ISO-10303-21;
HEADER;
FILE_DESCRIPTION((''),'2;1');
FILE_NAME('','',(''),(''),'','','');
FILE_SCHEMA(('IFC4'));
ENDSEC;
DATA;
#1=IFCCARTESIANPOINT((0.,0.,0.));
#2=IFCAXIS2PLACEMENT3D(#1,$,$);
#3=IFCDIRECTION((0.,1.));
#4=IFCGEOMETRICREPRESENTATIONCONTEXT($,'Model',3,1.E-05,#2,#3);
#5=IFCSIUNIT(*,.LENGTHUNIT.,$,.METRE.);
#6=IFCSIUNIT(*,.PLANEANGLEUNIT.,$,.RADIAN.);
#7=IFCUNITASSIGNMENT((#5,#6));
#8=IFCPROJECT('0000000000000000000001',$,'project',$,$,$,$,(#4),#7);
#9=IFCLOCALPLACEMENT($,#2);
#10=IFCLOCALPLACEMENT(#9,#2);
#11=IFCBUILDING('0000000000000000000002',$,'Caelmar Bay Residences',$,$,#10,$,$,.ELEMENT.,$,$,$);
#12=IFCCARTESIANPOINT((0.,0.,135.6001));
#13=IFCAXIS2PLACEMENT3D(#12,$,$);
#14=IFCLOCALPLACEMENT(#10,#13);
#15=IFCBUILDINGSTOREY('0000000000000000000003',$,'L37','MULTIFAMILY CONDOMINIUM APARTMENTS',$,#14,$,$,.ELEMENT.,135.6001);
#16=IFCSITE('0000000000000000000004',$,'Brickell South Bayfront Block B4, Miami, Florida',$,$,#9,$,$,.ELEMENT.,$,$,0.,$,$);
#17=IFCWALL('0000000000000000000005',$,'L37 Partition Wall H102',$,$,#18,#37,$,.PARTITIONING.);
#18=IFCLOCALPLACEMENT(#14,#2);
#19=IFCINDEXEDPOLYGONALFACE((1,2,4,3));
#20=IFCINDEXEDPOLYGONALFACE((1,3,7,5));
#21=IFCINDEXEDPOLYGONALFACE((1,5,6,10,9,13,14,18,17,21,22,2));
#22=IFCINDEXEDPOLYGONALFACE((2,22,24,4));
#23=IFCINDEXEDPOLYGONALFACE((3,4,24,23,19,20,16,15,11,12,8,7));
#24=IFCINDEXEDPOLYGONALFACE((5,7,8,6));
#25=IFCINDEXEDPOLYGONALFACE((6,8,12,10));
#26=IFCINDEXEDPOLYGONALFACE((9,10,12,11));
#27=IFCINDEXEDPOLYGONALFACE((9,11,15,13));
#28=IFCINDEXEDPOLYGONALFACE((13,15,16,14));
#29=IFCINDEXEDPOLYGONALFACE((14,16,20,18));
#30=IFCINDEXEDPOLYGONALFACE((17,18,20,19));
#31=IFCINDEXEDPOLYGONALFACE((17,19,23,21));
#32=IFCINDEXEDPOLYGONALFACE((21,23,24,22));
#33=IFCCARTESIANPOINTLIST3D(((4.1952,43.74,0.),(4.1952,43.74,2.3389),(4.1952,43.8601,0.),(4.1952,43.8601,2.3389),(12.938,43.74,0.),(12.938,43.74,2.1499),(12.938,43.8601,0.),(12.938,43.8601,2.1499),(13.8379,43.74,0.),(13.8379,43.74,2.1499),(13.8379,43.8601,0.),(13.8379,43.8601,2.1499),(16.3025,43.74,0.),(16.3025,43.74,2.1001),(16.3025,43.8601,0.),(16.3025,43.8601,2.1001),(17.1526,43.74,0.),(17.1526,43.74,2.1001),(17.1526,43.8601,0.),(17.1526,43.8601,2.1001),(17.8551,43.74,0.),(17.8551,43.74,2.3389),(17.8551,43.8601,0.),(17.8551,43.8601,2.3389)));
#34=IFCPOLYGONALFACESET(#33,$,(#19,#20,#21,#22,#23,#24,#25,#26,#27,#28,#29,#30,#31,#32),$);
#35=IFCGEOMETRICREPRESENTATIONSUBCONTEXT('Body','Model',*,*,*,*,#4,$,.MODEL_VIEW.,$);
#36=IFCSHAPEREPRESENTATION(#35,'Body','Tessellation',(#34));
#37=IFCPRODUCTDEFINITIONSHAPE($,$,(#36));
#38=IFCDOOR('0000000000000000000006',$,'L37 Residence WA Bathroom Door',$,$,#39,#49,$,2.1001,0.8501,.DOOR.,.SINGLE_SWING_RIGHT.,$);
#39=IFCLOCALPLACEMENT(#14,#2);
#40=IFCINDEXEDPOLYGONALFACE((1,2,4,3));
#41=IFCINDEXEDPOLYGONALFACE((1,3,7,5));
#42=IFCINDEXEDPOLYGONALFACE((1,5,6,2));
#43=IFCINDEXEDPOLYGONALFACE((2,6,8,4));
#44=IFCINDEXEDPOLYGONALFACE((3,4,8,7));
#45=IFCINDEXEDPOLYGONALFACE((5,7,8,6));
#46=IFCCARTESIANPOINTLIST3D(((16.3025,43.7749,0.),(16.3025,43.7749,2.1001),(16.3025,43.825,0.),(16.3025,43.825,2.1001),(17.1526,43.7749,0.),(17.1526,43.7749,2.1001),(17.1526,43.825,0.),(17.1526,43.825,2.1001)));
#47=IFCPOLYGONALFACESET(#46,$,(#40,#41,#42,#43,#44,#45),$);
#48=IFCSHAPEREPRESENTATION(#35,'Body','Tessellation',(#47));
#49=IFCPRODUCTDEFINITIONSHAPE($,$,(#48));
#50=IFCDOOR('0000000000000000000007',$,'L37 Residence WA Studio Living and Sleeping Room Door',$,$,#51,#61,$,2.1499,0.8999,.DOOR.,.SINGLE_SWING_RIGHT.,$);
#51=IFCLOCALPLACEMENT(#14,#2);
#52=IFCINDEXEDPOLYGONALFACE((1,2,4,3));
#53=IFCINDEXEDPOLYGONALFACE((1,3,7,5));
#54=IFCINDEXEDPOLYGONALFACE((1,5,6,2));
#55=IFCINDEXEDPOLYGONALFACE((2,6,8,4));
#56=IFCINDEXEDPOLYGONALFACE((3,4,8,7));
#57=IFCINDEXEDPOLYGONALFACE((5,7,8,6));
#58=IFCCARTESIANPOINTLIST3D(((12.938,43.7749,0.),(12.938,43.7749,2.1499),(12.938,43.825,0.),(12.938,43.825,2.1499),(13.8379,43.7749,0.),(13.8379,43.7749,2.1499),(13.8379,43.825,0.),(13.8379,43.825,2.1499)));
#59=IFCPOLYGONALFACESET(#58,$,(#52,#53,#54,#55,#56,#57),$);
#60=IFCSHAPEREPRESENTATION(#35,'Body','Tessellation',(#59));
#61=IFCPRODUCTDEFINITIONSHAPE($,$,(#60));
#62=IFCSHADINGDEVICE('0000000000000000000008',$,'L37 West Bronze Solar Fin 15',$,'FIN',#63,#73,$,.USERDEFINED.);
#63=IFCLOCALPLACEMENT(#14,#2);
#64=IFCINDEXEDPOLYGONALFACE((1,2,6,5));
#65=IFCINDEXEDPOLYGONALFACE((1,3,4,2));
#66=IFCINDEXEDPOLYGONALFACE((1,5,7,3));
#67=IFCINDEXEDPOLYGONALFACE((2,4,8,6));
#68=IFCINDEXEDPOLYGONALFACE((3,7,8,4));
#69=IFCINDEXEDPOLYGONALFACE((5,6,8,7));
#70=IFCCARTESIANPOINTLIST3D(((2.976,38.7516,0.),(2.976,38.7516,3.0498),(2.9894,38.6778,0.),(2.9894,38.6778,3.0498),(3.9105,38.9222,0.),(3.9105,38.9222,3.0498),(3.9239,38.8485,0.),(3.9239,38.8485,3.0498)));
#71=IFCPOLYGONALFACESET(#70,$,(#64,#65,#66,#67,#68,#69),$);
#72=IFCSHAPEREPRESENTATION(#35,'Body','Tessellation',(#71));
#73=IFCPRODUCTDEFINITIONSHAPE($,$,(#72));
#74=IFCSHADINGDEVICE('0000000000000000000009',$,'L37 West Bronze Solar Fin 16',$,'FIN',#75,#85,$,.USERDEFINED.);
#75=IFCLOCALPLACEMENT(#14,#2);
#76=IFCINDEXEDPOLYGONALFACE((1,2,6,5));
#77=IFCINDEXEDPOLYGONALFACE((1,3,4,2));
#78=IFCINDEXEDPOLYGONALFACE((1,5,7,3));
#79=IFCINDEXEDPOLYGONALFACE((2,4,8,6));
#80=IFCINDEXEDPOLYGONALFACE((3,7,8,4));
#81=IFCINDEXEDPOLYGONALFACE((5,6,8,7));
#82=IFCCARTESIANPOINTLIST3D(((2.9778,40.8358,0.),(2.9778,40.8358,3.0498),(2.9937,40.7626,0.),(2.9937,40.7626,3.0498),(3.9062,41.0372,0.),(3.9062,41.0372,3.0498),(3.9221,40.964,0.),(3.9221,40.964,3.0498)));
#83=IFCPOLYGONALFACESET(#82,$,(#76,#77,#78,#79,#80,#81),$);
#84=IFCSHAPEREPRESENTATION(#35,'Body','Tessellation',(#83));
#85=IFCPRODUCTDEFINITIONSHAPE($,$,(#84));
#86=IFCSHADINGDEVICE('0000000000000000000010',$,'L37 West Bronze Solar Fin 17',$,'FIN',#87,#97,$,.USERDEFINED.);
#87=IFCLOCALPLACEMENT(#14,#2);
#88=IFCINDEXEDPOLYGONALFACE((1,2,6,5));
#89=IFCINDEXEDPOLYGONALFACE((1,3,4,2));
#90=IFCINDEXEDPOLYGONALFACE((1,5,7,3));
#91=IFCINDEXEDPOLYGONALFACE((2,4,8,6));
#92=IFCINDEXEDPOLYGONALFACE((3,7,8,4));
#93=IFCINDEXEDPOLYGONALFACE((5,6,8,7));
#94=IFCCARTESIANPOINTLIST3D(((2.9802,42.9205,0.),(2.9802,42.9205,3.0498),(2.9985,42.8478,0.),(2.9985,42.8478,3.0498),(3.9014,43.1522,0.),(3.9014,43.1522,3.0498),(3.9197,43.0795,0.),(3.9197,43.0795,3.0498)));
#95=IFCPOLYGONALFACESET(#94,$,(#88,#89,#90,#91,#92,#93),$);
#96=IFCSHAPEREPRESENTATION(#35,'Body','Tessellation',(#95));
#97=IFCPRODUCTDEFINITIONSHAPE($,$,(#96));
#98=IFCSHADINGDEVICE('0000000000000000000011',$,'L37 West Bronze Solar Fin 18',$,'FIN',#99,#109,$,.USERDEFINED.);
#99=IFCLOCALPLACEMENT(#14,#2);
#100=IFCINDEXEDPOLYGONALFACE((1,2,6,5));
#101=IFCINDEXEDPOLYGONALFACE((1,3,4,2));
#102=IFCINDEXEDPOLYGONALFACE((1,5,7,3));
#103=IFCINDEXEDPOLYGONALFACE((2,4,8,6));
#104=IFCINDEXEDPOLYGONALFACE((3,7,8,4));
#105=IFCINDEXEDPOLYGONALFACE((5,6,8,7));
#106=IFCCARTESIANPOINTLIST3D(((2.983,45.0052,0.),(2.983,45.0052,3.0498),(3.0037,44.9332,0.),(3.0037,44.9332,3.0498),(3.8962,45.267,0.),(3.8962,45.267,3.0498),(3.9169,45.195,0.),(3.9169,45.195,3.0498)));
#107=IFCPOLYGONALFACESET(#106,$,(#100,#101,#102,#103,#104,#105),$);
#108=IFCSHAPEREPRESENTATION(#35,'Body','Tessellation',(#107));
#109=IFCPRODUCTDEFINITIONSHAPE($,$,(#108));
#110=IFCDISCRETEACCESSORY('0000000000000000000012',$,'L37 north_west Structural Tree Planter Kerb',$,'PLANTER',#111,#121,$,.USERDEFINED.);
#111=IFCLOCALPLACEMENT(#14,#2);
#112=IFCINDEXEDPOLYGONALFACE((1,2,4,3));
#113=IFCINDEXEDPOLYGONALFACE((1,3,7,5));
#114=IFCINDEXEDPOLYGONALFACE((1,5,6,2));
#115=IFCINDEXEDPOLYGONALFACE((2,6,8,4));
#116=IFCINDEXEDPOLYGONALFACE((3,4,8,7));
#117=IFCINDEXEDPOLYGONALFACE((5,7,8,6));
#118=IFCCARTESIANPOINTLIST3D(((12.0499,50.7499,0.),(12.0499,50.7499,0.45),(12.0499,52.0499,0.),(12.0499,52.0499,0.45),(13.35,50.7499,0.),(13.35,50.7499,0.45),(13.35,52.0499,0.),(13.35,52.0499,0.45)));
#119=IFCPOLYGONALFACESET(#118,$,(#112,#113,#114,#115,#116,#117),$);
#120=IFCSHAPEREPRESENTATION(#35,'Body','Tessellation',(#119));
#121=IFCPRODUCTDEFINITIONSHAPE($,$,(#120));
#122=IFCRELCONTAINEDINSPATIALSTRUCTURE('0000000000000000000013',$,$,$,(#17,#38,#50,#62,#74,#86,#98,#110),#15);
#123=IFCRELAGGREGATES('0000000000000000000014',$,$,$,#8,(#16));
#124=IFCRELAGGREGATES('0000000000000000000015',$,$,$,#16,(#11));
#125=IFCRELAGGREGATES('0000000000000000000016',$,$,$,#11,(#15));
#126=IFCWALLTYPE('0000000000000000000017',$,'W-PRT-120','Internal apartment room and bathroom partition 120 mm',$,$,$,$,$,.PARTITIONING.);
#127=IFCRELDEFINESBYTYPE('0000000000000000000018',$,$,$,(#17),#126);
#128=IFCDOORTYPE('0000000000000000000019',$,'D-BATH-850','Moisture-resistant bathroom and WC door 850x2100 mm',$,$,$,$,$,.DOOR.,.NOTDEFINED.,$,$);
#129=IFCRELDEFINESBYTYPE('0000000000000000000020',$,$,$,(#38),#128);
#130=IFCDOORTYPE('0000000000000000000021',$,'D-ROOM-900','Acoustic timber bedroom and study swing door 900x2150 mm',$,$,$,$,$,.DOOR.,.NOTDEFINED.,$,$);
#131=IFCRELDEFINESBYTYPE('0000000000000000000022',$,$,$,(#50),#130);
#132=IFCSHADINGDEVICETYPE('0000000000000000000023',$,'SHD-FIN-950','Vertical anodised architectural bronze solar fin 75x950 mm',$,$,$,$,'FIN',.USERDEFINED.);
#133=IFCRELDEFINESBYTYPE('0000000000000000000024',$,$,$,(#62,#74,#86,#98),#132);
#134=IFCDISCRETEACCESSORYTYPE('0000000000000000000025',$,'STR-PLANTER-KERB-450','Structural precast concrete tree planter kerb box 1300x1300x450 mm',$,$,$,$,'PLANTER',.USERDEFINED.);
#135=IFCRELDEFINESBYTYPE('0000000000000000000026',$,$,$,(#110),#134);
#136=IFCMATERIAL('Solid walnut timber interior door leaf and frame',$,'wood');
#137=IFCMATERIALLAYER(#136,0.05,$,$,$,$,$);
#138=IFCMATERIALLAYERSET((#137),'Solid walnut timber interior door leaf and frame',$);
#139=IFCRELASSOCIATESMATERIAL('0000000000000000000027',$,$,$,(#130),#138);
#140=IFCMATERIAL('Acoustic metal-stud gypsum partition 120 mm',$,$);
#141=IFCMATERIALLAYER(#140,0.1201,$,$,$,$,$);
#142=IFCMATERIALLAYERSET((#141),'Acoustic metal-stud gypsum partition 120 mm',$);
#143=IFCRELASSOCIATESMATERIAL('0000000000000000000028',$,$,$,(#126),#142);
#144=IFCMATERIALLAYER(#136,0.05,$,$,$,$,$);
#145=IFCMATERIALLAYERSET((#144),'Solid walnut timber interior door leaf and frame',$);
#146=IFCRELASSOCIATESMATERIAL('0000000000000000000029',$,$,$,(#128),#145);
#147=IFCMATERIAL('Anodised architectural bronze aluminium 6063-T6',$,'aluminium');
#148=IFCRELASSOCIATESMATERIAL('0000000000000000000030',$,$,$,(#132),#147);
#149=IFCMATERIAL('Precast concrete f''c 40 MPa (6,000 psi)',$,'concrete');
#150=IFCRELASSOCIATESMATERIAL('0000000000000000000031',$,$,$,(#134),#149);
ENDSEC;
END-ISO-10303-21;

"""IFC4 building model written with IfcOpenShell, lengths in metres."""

from ifc_helpers import new_model, si_unit, direction, frame, frame_2d, origin, origin_2d, place, context, subcontext, project, spatial, rectangle, extrude, material, layer, layer_set, material_profile, profile_set, type_object, element, fill, save


model = new_model("IFC4")

# Units and contexts
model_context = context("Model", 3, precision=1e-05, world=origin(), true_north=direction((0.0, 1.0)))
body_context = subcontext(model_context, "Body", "Model", "MODEL_VIEW")
ifc_project = project(units=[si_unit("LENGTHUNIT", "METRE"), si_unit("PLANEANGLEUNIT", "RADIAN")], contexts=[model_context])

# Site, building, storey
site_placement = place(None, origin())
site = spatial("IfcSite", under=ifc_project, at=site_placement, Name="Brickell South Bayfront Block B4, Miami, Florida", CompositionType="ELEMENT", RefElevation=0.0)
building_placement = place(site_placement, origin())
building = spatial("IfcBuilding", under=site, at=building_placement, Name="Caelmar Bay Residences", CompositionType="ELEMENT")
storey_placement = place(building_placement, frame((0.0, 0.0, 135.6001)))
storey = spatial("IfcBuildingStorey", under=building, at=storey_placement, Name="L37", Description="MULTIFAMILY CONDOMINIUM APARTMENTS", CompositionType="ELEMENT", Elevation=135.6001)

# Shared definitions
ifc_material_1 = material(Name="Precast concrete f'c 40 MPa (6,000 psi)", Category="concrete")

# Shared definitions
ifc_material_2 = material(Name="Solid walnut timber interior door leaf and frame", Category="wood")
ifc_layer_1 = layer(ifc_material_2, 0.05)
ifc_layer_set_1 = layer_set([ifc_layer_1], Name="Solid walnut timber interior door leaf and frame")
door_type_1 = type_object("IfcDoorType", Name="D-ROOM-900", Description="Acoustic timber bedroom and study swing door 900x2150 mm", OperationType="NOTDEFINED", PredefinedType="DOOR", material=ifc_layer_set_1)
ifc_material_3 = material(Name="Acoustic metal-stud gypsum partition 120 mm")
ifc_layer_2 = layer(ifc_material_3, 0.1201)
ifc_layer_set_2 = layer_set([ifc_layer_2], Name="Acoustic metal-stud gypsum partition 120 mm")
wall_type_1 = type_object("IfcWallType", Name="W-PRT-120", Description="Internal apartment room and bathroom partition 120 mm", PredefinedType="PARTITIONING", material=ifc_layer_set_2)

# Wall, openings, doors
wall_1_placement = place(storey_placement, frame((4.1951, 43.8, 0.0), z_axis=(0.0, 0.0, 1.0), x_axis=(1.0, 0.0, 0.0)))
wall_1 = element("IfcWall", 1, at=wall_1_placement, inside=storey, type_object=wall_type_1, Name="L37 Partition Wall H102", PredefinedType="PARTITIONING", context=body_context, shape_type="SweptSolid", body=[
    extrude(rectangle(XDim=13.6599, YDim=0.1201, at=frame_2d((6.8301, 0.0))), origin(), (0.0, 0.0, 1.0), 2.3389),
])
opening_1_placement = place(wall_1_placement, frame((8.7429, 0.0, 0.0)))
opening_1 = element("IfcOpeningElement", 2, at=opening_1_placement, cuts=wall_1, PredefinedType="OPENING", context=body_context, shape_type="SweptSolid", body=[
    extrude(rectangle(XDim=0.8999, YDim=2.1499, at=frame_2d((0.45, 1.075))), frame((0.0, 0.0701, 0.0), z_axis=(0.0, -1.0, 0.0), x_axis=(1.0, 0.0, 0.0)), (0.0, 0.0, 1.0), 0.1401),
])
opening_2_placement = place(wall_1_placement, frame((12.1074, 0.0, 0.0)))
opening_2 = element("IfcOpeningElement", 3, at=opening_2_placement, cuts=wall_1, PredefinedType="OPENING", context=body_context, shape_type="SweptSolid", body=[
    extrude(rectangle(XDim=0.8501, YDim=2.1001, at=frame_2d((0.425, 1.05))), frame((0.0, 0.0701, 0.0), z_axis=(0.0, -1.0, 0.0), x_axis=(1.0, 0.0, 0.0)), (0.0, 0.0, 1.0), 0.1401),
])
ifc_layer_3 = layer(ifc_material_2, 0.05)
ifc_layer_set_3 = layer_set([ifc_layer_3], Name="Solid walnut timber interior door leaf and frame")
door_type_2 = type_object("IfcDoorType", Name="D-BATH-850", Description="Moisture-resistant bathroom and WC door 850x2100 mm", OperationType="NOTDEFINED", PredefinedType="DOOR", material=ifc_layer_set_3)
door_1_placement = place(opening_2_placement, origin())
door_1 = element("IfcDoor", 4, at=door_1_placement, inside=storey, type_object=door_type_2, Name="L37 Residence WA Bathroom Door", OperationType="SINGLE_SWING_RIGHT", OverallHeight=2.1001, OverallWidth=0.8501, PredefinedType="DOOR", context=body_context, shape_type="SweptSolid", body=[
    extrude(rectangle(XDim=0.8501, YDim=2.1001, at=frame_2d((0.425, 1.05))), frame((0.0, 0.0249, 0.0), z_axis=(0.0, -1.0, 0.0), x_axis=(1.0, 0.0, 0.0)), (0.0, 0.0, 1.0), 0.05),
])
fill(opening_2, door_1)
door_2_placement = place(opening_1_placement, origin())
door_2 = element("IfcDoor", 5, at=door_2_placement, inside=storey, type_object=door_type_1, Name="L37 Residence WA Studio Living and Sleeping Room Door", OperationType="SINGLE_SWING_RIGHT", OverallHeight=2.1499, OverallWidth=0.8999, PredefinedType="DOOR", context=body_context, shape_type="SweptSolid", body=[
    extrude(rectangle(XDim=0.8999, YDim=2.1499, at=frame_2d((0.45, 1.075))), frame((0.0, 0.0249, 0.0), z_axis=(0.0, -1.0, 0.0), x_axis=(1.0, 0.0, 0.0)), (0.0, 0.0, 1.0), 0.05),
])
fill(opening_1, door_2)

# Shading devices
ifc_material_4 = material(Name="Anodised architectural bronze aluminium 6063-T6", Category="aluminium")
ifc_material_profile_1 = material_profile(ifc_material_4, rectangle(XDim=0.075, YDim=0.95, at=origin_2d()), Name="BRONZE-FIN-75X950")
ifc_profile_set_1 = profile_set([ifc_material_profile_1], Name="Anodised architectural bronze aluminium 6063-T6")
shading_device_type = type_object("IfcShadingDeviceType", Name="SHD-FIN-950", Description="Vertical anodised architectural bronze solar fin 75x950 mm", ElementType="FIN", PredefinedType="USERDEFINED", material=ifc_profile_set_1)
for number, where, z_axis, x_axis, name in (
    (6, (3.45, 38.8, 0.0), (0.0, 0.0, 1.0), (-0.179661, 0.983729, 0.0), "L37 West Bronze Solar Fin 15"),
    (7, (3.45, 40.8999, 0.0), (0.0, 0.0, 1.0), (-0.212007, 0.977268, 0.0), "L37 West Bronze Solar Fin 16"),
    (8, (3.45, 43.0, 0.0), (0.0, 0.0, 1.0), (-0.243954, 0.969787, 0.0), "L37 West Bronze Solar Fin 17"),
    (9, (3.45, 45.1001, 0.0), (0.0, 0.0, 1.0), (-0.275637, 0.961262, 0.0), "L37 West Bronze Solar Fin 18"),
):
    element("IfcShadingDevice", number, at=place(storey_placement, frame(where, z_axis=z_axis, x_axis=x_axis)), inside=storey, type_object=shading_device_type, Name=name, ObjectType="FIN", PredefinedType="USERDEFINED", context=body_context, shape_type="SweptSolid", body=[
        extrude(rectangle(XDim=0.075, YDim=0.95, at=origin_2d()), origin(), (0.0, 0.0, 1.0), 3.0498),
    ])

# Discrete accessory
discrete_accessory_type = type_object("IfcDiscreteAccessoryType", Name="STR-PLANTER-KERB-450", Description="Structural precast concrete tree planter kerb box 1300x1300x450 mm", ElementType="PLANTER", PredefinedType="USERDEFINED", material=ifc_material_1)
discrete_accessory_placement = place(storey_placement, frame((12.7, 51.3999, 0.0), z_axis=(0.0, 0.0, 1.0), x_axis=(1.0, 0.0, 0.0)))
element("IfcDiscreteAccessory", 10, at=discrete_accessory_placement, inside=storey, type_object=discrete_accessory_type, Name="L37 north_west Structural Tree Planter Kerb", ObjectType="PLANTER", PredefinedType="USERDEFINED", context=body_context, shape_type="SweptSolid", body=[
    extrude(rectangle(XDim=1.3, YDim=1.3, at=origin_2d()), origin(), (0.0, 0.0, 1.0), 0.45),
])

save(model, "model.ifc")
